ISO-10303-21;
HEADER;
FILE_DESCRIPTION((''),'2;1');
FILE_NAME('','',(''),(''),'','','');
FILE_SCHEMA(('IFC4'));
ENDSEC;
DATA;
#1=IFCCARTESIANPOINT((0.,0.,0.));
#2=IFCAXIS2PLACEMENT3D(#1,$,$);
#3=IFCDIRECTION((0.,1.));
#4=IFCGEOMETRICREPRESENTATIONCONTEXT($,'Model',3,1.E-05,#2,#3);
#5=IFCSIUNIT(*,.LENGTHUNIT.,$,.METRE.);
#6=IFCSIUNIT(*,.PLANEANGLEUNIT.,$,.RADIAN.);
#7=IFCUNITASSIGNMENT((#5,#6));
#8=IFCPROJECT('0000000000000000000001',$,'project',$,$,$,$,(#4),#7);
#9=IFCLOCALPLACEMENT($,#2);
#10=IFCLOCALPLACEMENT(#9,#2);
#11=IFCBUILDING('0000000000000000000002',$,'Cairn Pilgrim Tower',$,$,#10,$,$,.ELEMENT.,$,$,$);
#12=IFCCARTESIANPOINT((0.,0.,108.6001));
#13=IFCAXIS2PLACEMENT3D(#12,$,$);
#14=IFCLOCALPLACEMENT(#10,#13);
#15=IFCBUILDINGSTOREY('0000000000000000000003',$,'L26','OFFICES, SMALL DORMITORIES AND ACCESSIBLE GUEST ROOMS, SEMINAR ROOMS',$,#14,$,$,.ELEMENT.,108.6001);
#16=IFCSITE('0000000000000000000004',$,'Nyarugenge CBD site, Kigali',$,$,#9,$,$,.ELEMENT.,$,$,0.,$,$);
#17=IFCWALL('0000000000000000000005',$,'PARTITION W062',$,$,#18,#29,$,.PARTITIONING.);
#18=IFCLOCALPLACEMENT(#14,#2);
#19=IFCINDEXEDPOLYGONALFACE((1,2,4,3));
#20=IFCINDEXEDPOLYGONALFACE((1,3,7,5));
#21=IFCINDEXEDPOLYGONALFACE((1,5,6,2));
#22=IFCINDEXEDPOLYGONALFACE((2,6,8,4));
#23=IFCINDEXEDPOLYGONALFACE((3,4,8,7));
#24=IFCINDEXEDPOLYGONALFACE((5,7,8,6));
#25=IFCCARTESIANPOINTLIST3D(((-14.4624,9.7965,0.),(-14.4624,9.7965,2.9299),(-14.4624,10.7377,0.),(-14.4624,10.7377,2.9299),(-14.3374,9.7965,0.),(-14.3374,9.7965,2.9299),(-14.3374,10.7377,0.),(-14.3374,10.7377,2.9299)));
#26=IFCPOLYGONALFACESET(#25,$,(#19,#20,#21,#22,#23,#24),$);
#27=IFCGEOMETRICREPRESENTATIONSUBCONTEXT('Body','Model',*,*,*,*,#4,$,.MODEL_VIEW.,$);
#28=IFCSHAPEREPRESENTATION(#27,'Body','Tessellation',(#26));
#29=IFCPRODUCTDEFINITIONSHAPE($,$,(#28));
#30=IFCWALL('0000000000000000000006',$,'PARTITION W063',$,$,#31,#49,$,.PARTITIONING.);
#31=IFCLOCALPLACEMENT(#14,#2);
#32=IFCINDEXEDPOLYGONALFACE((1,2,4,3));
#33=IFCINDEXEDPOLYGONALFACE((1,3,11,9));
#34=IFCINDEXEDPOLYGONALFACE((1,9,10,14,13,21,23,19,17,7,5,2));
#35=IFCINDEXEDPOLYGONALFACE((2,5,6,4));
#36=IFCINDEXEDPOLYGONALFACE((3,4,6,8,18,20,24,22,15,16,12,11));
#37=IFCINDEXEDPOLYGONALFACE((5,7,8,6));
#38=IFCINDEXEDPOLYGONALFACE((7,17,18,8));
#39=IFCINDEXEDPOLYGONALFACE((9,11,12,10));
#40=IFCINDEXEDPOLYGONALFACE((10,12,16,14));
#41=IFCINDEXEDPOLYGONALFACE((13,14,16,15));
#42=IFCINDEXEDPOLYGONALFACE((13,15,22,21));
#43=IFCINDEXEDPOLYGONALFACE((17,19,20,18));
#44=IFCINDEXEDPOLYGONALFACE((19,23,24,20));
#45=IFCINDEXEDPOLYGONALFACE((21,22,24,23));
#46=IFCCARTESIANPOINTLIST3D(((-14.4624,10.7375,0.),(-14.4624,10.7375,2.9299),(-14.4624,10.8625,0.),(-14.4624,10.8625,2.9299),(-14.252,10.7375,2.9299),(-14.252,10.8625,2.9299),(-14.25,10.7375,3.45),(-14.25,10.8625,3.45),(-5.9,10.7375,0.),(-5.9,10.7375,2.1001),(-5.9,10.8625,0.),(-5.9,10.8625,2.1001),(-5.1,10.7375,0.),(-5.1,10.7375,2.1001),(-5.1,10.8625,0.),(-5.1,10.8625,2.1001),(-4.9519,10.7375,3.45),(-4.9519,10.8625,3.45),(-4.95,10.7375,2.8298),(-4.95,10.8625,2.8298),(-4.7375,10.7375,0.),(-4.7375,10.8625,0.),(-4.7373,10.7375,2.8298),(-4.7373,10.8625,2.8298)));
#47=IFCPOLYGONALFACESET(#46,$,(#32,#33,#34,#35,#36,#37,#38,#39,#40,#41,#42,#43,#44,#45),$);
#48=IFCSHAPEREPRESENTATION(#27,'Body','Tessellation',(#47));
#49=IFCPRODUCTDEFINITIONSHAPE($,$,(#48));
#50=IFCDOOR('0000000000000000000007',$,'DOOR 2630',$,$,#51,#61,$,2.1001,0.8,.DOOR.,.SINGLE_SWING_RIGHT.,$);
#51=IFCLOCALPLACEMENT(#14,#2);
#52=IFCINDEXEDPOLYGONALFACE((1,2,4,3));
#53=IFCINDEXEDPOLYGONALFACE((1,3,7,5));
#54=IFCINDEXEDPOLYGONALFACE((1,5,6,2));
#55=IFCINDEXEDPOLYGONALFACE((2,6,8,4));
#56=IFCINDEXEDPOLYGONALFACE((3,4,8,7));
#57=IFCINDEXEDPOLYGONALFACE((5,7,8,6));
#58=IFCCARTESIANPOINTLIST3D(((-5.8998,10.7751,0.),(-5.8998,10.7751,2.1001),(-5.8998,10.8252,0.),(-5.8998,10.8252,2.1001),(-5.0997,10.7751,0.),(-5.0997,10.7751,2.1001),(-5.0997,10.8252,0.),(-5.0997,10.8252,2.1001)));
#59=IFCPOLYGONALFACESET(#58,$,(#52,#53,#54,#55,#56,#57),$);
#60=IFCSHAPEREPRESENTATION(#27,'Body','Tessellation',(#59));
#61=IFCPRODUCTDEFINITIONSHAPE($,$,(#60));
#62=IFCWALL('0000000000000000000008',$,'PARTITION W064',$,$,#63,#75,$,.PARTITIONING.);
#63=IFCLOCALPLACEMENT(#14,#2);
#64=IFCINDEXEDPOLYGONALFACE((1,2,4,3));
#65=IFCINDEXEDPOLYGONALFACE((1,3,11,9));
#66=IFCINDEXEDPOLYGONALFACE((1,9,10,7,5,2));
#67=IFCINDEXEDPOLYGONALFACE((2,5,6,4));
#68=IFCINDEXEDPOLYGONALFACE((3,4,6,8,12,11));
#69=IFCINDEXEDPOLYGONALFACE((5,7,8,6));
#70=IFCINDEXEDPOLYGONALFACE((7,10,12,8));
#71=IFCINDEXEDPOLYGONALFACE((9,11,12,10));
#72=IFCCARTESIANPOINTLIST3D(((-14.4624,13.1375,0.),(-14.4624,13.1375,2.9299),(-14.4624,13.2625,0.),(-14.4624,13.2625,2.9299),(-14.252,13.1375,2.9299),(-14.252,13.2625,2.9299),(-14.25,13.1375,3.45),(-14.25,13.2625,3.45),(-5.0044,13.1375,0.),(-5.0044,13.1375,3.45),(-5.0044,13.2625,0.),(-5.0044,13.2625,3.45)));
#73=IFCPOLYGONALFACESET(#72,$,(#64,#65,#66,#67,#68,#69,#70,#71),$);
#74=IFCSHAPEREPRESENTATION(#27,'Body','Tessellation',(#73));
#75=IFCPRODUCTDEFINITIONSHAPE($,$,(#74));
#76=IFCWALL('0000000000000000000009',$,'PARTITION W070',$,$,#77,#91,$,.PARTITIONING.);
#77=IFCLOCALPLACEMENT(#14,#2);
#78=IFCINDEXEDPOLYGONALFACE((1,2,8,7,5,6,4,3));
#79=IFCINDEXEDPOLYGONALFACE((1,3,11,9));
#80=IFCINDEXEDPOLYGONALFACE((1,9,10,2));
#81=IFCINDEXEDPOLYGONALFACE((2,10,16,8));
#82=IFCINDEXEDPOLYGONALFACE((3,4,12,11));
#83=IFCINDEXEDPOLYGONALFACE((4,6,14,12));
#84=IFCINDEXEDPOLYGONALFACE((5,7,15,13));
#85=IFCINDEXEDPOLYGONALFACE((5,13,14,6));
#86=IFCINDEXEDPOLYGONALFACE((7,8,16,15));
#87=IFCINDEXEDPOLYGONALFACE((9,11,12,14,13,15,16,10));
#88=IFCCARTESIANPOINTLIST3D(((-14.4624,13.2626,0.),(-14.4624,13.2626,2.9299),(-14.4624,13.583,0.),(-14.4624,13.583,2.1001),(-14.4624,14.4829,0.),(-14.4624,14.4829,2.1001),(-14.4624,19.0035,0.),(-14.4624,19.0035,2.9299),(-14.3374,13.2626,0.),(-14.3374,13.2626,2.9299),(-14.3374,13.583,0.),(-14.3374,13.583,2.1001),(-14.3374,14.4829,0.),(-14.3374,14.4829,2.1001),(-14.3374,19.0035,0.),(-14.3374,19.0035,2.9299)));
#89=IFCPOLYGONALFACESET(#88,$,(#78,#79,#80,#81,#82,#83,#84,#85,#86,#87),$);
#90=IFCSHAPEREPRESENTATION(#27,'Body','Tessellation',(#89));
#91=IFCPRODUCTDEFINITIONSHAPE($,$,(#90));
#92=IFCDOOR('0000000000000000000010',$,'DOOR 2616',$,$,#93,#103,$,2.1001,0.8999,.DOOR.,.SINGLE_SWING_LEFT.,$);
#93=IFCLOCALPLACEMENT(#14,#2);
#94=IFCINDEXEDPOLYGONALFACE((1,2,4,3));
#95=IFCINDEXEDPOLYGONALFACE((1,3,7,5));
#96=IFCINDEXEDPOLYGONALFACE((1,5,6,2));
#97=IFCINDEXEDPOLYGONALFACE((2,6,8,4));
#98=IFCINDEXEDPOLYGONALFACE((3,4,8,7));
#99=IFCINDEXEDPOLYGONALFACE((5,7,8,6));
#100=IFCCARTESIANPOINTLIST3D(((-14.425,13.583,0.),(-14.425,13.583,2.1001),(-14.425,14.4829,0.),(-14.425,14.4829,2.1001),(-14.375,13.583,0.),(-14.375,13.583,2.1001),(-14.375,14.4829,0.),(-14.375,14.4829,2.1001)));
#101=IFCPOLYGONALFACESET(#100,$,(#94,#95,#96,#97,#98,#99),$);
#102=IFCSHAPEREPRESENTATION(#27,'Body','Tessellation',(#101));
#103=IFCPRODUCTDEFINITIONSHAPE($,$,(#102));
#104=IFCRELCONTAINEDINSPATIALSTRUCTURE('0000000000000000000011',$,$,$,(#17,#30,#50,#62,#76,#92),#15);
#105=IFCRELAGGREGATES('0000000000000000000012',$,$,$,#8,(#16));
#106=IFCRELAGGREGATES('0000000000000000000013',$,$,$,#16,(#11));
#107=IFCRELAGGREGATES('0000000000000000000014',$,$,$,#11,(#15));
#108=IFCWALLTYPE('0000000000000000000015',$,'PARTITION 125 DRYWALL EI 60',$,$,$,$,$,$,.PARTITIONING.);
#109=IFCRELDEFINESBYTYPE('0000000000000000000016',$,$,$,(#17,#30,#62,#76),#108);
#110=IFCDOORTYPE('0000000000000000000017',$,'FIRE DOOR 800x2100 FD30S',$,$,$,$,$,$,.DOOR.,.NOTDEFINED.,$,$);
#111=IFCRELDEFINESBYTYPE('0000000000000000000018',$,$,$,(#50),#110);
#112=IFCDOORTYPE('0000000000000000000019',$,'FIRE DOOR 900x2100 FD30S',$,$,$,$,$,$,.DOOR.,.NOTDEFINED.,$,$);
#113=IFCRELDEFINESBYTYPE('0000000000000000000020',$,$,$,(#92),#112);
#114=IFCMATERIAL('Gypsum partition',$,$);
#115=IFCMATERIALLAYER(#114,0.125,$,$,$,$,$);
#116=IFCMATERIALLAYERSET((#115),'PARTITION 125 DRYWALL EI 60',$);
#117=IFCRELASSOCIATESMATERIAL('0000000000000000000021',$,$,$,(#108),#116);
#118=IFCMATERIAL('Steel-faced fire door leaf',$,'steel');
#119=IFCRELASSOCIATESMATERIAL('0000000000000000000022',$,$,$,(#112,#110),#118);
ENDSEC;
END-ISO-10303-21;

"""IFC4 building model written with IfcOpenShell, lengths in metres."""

from ifc_helpers import new_model, si_unit, direction, frame, frame_2d, origin, place, context, subcontext, project, spatial, polyline, rectangle, outline, extrude, material, layer, layer_set, type_object, element, fill, save


model = new_model("IFC4")

# Units and contexts
model_context = context("Model", 3, precision=1e-05, world=origin(), true_north=direction((0.0, 1.0)))
body_context = subcontext(model_context, "Body", "Model", "MODEL_VIEW")
ifc_project = project(units=[si_unit("LENGTHUNIT", "METRE"), si_unit("PLANEANGLEUNIT", "RADIAN")], contexts=[model_context])

# Site, building, storey
site_placement = place(None, origin())
site = spatial("IfcSite", under=ifc_project, at=site_placement, Name="Nyarugenge CBD site, Kigali", CompositionType="ELEMENT", RefElevation=0.0)
building_placement = place(site_placement, origin())
building = spatial("IfcBuilding", under=site, at=building_placement, Name="Cairn Pilgrim Tower", CompositionType="ELEMENT")
storey_placement = place(building_placement, frame((0.0, 0.0, 108.6001)))
storey = spatial("IfcBuildingStorey", under=building, at=storey_placement, Name="L26", Description="OFFICES, SMALL DORMITORIES AND ACCESSIBLE GUEST ROOMS, SEMINAR ROOMS", CompositionType="ELEMENT", Elevation=108.6001)

# Shared definitions
ifc_material_1 = material(Name="Gypsum partition")
ifc_layer_1 = layer(ifc_material_1, 0.125)
ifc_layer_set_1 = layer_set([ifc_layer_1], Name="PARTITION 125 DRYWALL EI 60")
wall_type_1 = type_object("IfcWallType", Name="PARTITION 125 DRYWALL EI 60", PredefinedType="PARTITIONING", material=ifc_layer_set_1)
ifc_material_2 = material(Name="Steel-faced fire door leaf", Category="steel")
door_type_1 = type_object("IfcDoorType", Name="FIRE DOOR 900x2100 FD30S", OperationType="NOTDEFINED", PredefinedType="DOOR", material=ifc_material_2)

# Wall
wall_1_placement = place(storey_placement, frame((-14.3999, 9.7964, 0.0), z_axis=(0.0, 0.0, 1.0), x_axis=(0.0, 1.0, 0.0)))
element("IfcWall", 1, at=wall_1_placement, inside=storey, type_object=wall_type_1, Name="PARTITION W062", PredefinedType="PARTITIONING", context=body_context, shape_type="SweptSolid", body=[
    extrude(rectangle(XDim=0.9412, YDim=0.125, at=frame_2d((0.4707, 0.0))), origin(), (0.0, 0.0, 1.0), 2.9299),
])

# Wall, opening, door
wall_2_placement = place(storey_placement, frame((-14.4624, 10.8, 0.0), z_axis=(0.0, 0.0, 1.0), x_axis=(1.0, 0.0, 0.0)))
wall_2 = element("IfcWall", 2, at=wall_2_placement, inside=storey, type_object=wall_type_1, Name="PARTITION W063", PredefinedType="PARTITIONING", context=body_context, shape_type="SweptSolid", body=[
    extrude(outline(polyline([(0.0, 0.0), (9.7249, 0.0), (9.7251, 2.8298), (9.5125, 2.8298), (9.5105, 3.45), (0.2124, 3.45), (0.2104, 2.9299), (0.0, 2.9299), (0.0, 0.0)])), frame((0.0, 0.0625, 0.0), z_axis=(0.0, -1.0, 0.0), x_axis=(1.0, 0.0, 0.0)), (0.0, 0.0, 1.0), 0.125),
])
opening_1_placement = place(wall_2_placement, frame((8.5625, 0.0, 0.0)))
opening_1 = element("IfcOpeningElement", 3, at=opening_1_placement, cuts=wall_2, PredefinedType="OPENING", context=body_context, shape_type="SweptSolid", body=[
    extrude(rectangle(XDim=0.8, YDim=2.1001, at=frame_2d((0.3999, 1.05))), frame((0.0, 0.0725, 0.0), z_axis=(0.0, -1.0, 0.0), x_axis=(1.0, 0.0, 0.0)), (0.0, 0.0, 1.0), 0.145),
])
door_type_2 = type_object("IfcDoorType", Name="FIRE DOOR 800x2100 FD30S", OperationType="NOTDEFINED", PredefinedType="DOOR", material=ifc_material_2)
door_1_placement = place(opening_1_placement, frame((0.8, 0.0, 0.0), z_axis=(0.0, 0.0, 1.0), x_axis=(-1.0, 0.0, 0.0)))
door_1 = element("IfcDoor", 4, at=door_1_placement, inside=storey, type_object=door_type_2, Name="DOOR 2630", OperationType="SINGLE_SWING_RIGHT", OverallHeight=2.1001, OverallWidth=0.8, PredefinedType="DOOR", context=body_context, shape_type="SweptSolid", body=[
    extrude(rectangle(XDim=0.8, YDim=2.1001, at=frame_2d((0.3999, 1.05))), frame((0.0, 0.0249, 0.0), z_axis=(0.0, -1.0, 0.0), x_axis=(1.0, 0.0, 0.0)), (0.0, 0.0, 1.0), 0.05),
])
fill(opening_1, door_1)

# Wall
wall_3_placement = place(storey_placement, frame((-14.4624, 13.2, 0.0), z_axis=(0.0, 0.0, 1.0), x_axis=(1.0, 0.0, 0.0)))
element("IfcWall", 5, at=wall_3_placement, inside=storey, type_object=wall_type_1, Name="PARTITION W064", PredefinedType="PARTITIONING", context=body_context, shape_type="SweptSolid", body=[
    extrude(outline(polyline([(0.0, 0.0), (9.458, 0.0), (9.458, 3.45), (0.2124, 3.45), (0.2104, 2.9299), (0.0, 2.9299), (0.0, 0.0)])), frame((0.0, 0.0625, 0.0), z_axis=(0.0, -1.0, 0.0), x_axis=(1.0, 0.0, 0.0)), (0.0, 0.0, 1.0), 0.125),
])

# Wall, opening, door
wall_4_placement = place(storey_placement, frame((-14.3999, 13.2625, 0.0), z_axis=(0.0, 0.0, 1.0), x_axis=(0.0, 1.0, 0.0)))
wall_4 = element("IfcWall", 6, at=wall_4_placement, inside=storey, type_object=wall_type_1, Name="PARTITION W070", PredefinedType="PARTITIONING", context=body_context, shape_type="SweptSolid", body=[
    extrude(rectangle(XDim=5.741, YDim=0.125, at=frame_2d((2.8706, 0.0))), origin(), (0.0, 0.0, 1.0), 2.9299),
])
opening_2_placement = place(wall_4_placement, frame((0.3206, 0.0, 0.0)))
opening_2 = element("IfcOpeningElement", 7, at=opening_2_placement, cuts=wall_4, PredefinedType="OPENING", context=body_context, shape_type="SweptSolid", body=[
    extrude(rectangle(XDim=0.8999, YDim=2.1001, at=frame_2d((0.45, 1.05))), frame((0.0, 0.0725, 0.0), z_axis=(0.0, -1.0, 0.0), x_axis=(1.0, 0.0, 0.0)), (0.0, 0.0, 1.0), 0.145),
])
door_2_placement = place(opening_2_placement, frame((0.8999, 0.0, 0.0), z_axis=(0.0, 0.0, 1.0), x_axis=(-1.0, 0.0, 0.0)))
door_2 = element("IfcDoor", 8, at=door_2_placement, inside=storey, type_object=door_type_1, Name="DOOR 2616", OperationType="SINGLE_SWING_LEFT", OverallHeight=2.1001, OverallWidth=0.8999, PredefinedType="DOOR", context=body_context, shape_type="SweptSolid", body=[
    extrude(rectangle(XDim=0.8999, YDim=2.1001, at=frame_2d((0.45, 1.05))), frame((0.0, 0.0249, 0.0), z_axis=(0.0, -1.0, 0.0), x_axis=(1.0, 0.0, 0.0)), (0.0, 0.0, 1.0), 0.05),
])
fill(opening_2, door_2)

save(model, "model.ifc")
